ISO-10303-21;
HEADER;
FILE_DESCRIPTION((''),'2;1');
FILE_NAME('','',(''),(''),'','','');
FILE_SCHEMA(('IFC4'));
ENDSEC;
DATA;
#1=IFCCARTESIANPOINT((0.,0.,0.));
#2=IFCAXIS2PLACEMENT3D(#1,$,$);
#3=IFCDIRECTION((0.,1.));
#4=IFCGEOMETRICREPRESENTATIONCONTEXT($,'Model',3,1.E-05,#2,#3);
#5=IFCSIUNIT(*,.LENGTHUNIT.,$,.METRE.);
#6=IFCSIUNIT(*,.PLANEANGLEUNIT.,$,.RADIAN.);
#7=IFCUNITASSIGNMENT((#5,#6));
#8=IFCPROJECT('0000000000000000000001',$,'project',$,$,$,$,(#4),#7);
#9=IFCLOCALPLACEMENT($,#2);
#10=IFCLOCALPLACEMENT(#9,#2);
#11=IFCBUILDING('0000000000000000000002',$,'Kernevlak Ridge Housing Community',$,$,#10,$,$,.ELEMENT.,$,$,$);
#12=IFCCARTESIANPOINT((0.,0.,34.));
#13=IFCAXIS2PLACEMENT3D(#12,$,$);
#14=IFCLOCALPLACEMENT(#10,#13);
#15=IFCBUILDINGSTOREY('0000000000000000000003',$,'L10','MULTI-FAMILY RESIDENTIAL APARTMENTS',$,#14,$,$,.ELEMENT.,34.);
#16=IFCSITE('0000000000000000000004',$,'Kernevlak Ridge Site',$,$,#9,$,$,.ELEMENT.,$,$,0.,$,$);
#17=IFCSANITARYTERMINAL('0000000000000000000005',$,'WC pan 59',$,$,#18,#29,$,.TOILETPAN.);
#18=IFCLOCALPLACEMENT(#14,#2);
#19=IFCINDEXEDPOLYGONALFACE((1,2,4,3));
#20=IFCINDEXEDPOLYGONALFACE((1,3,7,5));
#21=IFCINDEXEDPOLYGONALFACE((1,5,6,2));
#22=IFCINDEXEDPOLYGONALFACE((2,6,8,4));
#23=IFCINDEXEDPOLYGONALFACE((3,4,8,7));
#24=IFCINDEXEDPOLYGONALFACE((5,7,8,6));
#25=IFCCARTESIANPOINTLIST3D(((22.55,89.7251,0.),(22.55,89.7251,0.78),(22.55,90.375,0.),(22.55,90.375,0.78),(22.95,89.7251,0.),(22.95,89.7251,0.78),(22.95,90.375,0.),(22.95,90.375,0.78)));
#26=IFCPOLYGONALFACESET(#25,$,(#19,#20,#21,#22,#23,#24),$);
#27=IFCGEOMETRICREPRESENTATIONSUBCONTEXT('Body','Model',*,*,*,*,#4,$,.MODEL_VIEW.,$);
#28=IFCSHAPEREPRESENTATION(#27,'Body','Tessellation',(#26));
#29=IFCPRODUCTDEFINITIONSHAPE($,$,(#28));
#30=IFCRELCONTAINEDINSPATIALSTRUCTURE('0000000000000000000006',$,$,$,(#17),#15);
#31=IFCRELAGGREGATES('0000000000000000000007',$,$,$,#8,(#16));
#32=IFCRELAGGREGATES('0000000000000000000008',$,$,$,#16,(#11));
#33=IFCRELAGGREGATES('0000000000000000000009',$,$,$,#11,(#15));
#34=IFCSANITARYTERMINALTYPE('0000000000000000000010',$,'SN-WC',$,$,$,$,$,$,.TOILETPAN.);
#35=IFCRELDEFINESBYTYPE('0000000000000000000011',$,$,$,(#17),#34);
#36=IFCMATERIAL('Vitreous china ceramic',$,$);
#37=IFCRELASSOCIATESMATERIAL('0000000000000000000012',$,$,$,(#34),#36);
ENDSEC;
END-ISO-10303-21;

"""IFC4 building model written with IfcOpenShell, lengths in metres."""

from ifc_helpers import new_model, si_unit, direction, frame, origin, origin_2d, place, context, subcontext, project, spatial, rectangle, extrude, material, type_object, element, save


model = new_model("IFC4")

# Units and contexts
model_context = context("Model", 3, precision=1e-05, world=origin(), true_north=direction((0.0, 1.0)))
body_context = subcontext(model_context, "Body", "Model", "MODEL_VIEW")
ifc_project = project(units=[si_unit("LENGTHUNIT", "METRE"), si_unit("PLANEANGLEUNIT", "RADIAN")], contexts=[model_context])

# Site, building, storey
site_placement = place(None, origin())
site = spatial("IfcSite", under=ifc_project, at=site_placement, Name="Kernevlak Ridge Site", CompositionType="ELEMENT", RefElevation=0.0)
building_placement = place(site_placement, origin())
building = spatial("IfcBuilding", under=site, at=building_placement, Name="Kernevlak Ridge Housing Community", CompositionType="ELEMENT")
storey_placement = place(building_placement, frame((0.0, 0.0, 34.0)))
storey = spatial("IfcBuildingStorey", under=building, at=storey_placement, Name="L10", Description="MULTI-FAMILY RESIDENTIAL APARTMENTS", CompositionType="ELEMENT", Elevation=34.0)

# Sanitary terminal
ifc_material_1 = material(Name="Vitreous china ceramic")
sanitary_terminal_type_1 = type_object("IfcSanitaryTerminalType", Name="SN-WC", PredefinedType="TOILETPAN", material=ifc_material_1)
sanitary_terminal_1_placement = place(storey_placement, frame((22.75, 90.05, 0.0), z_axis=(0.0, 0.0, 1.0), x_axis=(1.0, 0.0, 0.0)))
element("IfcSanitaryTerminal", 1, at=sanitary_terminal_1_placement, inside=storey, type_object=sanitary_terminal_type_1, Name="WC pan 59", PredefinedType="TOILETPAN", context=body_context, shape_type="SweptSolid", body=[
    extrude(rectangle(XDim=0.3999, YDim=0.6499, at=origin_2d()), origin(), (0.0, 0.0, 1.0), 0.78),
])

save(model, "model.ifc")
